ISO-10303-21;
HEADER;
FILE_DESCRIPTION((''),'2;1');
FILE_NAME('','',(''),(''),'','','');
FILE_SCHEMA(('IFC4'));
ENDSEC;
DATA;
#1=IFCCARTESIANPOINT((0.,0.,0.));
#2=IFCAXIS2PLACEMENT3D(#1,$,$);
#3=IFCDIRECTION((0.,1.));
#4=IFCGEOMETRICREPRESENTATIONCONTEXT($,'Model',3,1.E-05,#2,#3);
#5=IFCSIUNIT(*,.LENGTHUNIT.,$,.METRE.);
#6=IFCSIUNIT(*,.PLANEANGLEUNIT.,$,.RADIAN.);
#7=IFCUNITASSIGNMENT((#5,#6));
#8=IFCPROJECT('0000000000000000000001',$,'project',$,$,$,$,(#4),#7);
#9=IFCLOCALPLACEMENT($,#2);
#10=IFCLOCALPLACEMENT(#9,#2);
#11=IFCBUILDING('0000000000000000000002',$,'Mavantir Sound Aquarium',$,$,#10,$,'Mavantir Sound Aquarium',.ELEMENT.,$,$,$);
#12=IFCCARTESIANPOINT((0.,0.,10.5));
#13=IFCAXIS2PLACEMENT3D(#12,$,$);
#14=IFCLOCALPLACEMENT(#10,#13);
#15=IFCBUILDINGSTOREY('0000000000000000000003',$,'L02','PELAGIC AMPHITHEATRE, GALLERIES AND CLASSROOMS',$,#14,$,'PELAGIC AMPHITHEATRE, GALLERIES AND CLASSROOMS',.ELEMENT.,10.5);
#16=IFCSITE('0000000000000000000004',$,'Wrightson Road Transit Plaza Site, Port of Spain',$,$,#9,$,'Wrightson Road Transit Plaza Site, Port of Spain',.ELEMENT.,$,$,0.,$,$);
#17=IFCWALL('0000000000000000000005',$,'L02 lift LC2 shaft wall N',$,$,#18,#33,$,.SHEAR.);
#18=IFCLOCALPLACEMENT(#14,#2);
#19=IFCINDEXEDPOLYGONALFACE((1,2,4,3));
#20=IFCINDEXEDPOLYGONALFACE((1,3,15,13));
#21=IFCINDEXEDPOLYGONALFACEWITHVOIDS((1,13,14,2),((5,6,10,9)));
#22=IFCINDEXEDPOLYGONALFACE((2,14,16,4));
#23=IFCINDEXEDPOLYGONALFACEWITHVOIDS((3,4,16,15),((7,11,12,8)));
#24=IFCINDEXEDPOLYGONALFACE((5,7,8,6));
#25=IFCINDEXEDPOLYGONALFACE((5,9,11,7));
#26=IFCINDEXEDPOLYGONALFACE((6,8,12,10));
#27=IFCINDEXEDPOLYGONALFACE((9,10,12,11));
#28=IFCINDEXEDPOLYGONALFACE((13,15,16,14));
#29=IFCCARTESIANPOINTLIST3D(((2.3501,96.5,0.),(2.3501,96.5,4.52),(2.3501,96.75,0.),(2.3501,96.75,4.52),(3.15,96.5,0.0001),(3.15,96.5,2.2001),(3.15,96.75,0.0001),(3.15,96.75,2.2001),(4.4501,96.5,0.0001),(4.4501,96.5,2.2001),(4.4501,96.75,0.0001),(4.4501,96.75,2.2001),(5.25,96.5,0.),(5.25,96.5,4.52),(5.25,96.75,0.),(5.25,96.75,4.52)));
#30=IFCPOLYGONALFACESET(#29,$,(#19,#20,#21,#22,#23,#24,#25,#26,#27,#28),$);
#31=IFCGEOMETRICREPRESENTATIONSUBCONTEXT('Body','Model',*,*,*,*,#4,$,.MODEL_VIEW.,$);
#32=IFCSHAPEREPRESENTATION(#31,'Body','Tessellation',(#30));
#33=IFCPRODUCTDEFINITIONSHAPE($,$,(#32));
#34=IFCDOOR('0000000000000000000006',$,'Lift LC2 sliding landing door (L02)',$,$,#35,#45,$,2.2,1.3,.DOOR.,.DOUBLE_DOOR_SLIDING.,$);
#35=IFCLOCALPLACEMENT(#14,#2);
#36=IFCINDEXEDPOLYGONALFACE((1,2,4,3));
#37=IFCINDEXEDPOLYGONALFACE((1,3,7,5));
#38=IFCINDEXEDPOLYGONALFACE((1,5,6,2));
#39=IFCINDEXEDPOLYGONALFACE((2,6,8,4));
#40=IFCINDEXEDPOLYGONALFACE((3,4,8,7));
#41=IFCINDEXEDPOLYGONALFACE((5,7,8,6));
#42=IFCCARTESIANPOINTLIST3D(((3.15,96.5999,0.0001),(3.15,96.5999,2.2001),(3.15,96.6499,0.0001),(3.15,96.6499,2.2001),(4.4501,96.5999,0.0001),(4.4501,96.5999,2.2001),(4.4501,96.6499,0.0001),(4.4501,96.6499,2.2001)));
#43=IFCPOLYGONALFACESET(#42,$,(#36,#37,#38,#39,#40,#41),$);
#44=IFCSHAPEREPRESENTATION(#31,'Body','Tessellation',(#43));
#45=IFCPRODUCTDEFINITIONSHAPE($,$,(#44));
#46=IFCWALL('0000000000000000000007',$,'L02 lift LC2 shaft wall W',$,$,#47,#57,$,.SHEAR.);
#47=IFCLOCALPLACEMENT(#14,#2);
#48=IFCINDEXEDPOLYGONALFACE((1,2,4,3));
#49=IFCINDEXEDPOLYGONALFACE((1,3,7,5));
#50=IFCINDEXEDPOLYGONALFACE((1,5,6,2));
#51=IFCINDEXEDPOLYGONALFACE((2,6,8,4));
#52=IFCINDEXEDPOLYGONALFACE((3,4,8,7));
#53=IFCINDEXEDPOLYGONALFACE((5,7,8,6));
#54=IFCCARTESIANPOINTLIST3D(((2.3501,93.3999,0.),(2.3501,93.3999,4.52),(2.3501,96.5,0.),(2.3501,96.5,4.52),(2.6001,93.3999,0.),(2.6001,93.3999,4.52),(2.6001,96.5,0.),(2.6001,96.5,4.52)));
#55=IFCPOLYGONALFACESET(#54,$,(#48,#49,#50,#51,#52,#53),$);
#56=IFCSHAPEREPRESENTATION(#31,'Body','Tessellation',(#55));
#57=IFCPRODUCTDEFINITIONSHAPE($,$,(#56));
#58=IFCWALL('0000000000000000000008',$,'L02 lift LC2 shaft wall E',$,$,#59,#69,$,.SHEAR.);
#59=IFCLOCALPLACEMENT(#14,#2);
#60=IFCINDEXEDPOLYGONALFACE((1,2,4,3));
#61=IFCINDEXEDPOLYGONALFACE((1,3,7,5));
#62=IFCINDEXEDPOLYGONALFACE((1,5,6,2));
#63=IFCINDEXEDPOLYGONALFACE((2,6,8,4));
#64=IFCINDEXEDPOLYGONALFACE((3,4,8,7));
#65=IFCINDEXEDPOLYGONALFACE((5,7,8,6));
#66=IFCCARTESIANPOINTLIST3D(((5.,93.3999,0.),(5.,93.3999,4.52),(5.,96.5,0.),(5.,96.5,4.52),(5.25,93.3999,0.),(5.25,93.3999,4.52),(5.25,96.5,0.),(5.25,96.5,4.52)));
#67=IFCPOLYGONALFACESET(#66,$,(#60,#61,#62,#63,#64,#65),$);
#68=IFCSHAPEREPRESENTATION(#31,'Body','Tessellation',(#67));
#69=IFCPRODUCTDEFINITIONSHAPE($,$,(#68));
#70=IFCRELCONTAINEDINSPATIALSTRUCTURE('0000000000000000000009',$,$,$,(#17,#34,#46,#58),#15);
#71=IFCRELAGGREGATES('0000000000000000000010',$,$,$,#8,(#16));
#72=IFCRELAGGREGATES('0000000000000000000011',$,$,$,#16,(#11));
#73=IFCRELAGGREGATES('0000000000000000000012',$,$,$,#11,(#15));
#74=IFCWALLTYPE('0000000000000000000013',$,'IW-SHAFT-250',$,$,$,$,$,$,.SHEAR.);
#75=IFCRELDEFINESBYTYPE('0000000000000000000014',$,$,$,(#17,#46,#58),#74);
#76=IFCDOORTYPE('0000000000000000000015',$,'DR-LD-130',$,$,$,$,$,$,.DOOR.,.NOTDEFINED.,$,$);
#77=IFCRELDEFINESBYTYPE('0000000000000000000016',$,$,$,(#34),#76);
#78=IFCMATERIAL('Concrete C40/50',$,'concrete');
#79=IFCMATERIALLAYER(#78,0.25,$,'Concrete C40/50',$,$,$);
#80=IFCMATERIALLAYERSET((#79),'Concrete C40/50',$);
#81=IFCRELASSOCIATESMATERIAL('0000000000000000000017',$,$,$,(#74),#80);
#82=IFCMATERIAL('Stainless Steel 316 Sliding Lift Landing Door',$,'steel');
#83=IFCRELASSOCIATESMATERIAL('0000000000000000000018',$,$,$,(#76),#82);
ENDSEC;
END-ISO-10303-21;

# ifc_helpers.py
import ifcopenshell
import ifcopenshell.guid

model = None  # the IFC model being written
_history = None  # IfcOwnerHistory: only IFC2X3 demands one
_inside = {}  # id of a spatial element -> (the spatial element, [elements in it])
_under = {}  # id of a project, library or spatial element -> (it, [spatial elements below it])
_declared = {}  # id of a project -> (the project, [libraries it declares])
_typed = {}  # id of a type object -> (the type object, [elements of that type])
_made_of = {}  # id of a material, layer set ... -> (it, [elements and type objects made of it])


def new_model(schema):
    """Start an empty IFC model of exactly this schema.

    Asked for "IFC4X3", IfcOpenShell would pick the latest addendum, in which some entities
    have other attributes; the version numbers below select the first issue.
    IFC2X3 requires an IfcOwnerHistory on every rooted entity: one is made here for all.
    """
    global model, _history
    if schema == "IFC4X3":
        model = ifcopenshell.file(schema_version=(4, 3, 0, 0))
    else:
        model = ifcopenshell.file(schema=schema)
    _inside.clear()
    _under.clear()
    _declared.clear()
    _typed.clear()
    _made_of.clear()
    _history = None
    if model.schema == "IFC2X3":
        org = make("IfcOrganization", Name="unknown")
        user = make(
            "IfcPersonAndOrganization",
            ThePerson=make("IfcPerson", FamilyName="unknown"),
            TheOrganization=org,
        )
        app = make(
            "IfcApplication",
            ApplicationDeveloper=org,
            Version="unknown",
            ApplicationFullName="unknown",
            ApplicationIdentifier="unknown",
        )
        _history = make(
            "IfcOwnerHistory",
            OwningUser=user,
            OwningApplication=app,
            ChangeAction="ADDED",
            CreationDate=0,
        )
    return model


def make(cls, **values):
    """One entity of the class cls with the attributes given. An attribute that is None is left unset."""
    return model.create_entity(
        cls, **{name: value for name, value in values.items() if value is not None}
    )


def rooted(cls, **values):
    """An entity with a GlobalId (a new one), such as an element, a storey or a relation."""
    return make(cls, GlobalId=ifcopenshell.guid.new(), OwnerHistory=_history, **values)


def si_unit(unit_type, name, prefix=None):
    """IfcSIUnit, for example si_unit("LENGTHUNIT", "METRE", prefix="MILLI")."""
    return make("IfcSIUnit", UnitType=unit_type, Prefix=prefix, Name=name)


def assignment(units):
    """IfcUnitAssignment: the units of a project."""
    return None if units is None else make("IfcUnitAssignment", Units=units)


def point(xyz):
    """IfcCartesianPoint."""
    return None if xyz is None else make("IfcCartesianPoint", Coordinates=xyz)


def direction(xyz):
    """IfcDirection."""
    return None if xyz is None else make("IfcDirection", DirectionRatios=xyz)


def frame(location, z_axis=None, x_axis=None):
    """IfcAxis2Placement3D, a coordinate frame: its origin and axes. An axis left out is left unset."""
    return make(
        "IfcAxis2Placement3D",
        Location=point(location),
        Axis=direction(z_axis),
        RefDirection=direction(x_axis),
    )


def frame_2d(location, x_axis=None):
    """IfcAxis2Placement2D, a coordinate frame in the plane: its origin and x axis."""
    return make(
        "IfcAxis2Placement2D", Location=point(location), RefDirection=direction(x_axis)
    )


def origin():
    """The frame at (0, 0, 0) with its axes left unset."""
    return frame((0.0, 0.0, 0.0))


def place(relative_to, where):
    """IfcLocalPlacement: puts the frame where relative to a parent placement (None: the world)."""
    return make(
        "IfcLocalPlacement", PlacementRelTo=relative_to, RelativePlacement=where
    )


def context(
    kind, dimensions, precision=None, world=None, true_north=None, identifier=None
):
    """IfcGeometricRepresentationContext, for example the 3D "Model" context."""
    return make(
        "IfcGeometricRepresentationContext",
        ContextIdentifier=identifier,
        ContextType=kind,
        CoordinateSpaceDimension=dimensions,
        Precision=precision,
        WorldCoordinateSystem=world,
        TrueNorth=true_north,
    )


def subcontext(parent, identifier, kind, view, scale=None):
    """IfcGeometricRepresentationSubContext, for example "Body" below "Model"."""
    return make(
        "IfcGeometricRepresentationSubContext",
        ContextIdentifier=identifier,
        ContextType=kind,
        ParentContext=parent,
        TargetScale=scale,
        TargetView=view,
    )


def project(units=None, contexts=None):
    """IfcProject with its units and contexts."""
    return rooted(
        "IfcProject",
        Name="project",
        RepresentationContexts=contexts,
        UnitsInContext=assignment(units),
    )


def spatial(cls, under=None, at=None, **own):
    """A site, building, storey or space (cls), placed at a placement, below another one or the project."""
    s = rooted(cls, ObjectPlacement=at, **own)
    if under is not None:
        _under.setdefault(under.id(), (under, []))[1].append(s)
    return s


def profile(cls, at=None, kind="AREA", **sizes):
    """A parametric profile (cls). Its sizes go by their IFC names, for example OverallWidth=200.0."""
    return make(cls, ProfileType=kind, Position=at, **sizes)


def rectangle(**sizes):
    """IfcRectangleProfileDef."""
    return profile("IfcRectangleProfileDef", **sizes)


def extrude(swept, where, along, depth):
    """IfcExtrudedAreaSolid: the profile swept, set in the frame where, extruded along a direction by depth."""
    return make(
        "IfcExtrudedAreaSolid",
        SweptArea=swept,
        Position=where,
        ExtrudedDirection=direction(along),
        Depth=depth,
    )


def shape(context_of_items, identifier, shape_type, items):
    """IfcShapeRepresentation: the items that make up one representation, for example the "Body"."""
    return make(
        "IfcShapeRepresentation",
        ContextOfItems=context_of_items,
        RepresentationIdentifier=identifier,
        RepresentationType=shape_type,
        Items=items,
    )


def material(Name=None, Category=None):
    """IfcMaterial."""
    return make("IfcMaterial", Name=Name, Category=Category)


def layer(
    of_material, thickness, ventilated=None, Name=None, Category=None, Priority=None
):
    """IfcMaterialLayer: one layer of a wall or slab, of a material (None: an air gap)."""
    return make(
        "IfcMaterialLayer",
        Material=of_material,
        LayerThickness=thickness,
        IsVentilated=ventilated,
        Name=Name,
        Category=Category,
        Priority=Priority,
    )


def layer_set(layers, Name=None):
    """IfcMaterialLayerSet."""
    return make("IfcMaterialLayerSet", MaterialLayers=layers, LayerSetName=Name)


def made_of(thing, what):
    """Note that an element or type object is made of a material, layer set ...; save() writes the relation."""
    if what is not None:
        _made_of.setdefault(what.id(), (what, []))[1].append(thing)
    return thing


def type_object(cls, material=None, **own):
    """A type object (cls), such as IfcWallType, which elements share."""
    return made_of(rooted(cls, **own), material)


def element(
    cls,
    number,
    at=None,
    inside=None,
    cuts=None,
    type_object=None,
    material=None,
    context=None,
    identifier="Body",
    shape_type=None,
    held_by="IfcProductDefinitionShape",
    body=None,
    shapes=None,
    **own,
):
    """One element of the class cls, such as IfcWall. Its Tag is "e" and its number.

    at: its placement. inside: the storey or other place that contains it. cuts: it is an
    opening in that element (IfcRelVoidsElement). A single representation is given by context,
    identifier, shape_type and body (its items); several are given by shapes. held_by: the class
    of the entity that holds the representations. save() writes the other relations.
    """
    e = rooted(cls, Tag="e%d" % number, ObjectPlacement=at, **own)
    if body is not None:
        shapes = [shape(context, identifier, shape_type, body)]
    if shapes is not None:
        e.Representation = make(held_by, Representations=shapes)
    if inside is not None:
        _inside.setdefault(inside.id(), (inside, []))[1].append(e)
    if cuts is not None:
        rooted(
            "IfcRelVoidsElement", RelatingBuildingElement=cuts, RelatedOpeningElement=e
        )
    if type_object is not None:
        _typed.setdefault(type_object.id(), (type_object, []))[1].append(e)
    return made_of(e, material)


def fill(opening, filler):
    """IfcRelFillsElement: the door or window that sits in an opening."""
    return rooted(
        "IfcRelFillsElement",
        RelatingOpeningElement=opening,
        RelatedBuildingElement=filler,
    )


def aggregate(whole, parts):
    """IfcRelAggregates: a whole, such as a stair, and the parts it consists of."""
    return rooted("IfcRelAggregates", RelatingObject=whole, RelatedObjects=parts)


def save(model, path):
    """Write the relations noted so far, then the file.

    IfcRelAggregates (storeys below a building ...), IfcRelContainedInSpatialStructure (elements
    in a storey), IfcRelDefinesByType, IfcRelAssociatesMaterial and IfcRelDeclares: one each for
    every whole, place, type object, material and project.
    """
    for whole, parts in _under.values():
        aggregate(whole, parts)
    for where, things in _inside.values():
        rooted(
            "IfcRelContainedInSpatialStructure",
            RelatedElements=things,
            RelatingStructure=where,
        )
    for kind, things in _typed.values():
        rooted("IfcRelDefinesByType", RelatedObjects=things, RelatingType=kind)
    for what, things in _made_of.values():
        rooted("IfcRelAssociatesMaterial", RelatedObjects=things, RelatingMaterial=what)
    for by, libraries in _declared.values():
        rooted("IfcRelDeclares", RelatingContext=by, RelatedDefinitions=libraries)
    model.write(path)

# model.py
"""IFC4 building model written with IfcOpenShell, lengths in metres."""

from ifc_helpers import new_model, si_unit, direction, frame, frame_2d, origin, place, context, subcontext, project, spatial, rectangle, extrude, material, layer, layer_set, type_object, element, fill, save


model = new_model("IFC4")

# Units and contexts
model_context = context("Model", 3, precision=1e-05, world=origin(), true_north=direction((0.0, 1.0)))
body_context = subcontext(model_context, "Body", "Model", "MODEL_VIEW")
ifc_project = project(units=[si_unit("LENGTHUNIT", "METRE"), si_unit("PLANEANGLEUNIT", "RADIAN")], contexts=[model_context])

# Site, building, storey
site_placement = place(None, origin())
site = spatial("IfcSite", under=ifc_project, at=site_placement, Name="Wrightson Road Transit Plaza Site, Port of Spain", LongName="Wrightson Road Transit Plaza Site, Port of Spain", CompositionType="ELEMENT", RefElevation=0.0)
building_placement = place(site_placement, origin())
building = spatial("IfcBuilding", under=site, at=building_placement, Name="Mavantir Sound Aquarium", LongName="Mavantir Sound Aquarium", CompositionType="ELEMENT")
storey_placement = place(building_placement, frame((0.0, 0.0, 10.5)))
storey = spatial("IfcBuildingStorey", under=building, at=storey_placement, Name="L02", Description="PELAGIC AMPHITHEATRE, GALLERIES AND CLASSROOMS", LongName="PELAGIC AMPHITHEATRE, GALLERIES AND CLASSROOMS", CompositionType="ELEMENT", Elevation=10.5)

# Shared definitions
ifc_material_1 = material(Name="Concrete C40/50", Category="concrete")

# Shared definitions
ifc_layer_1 = layer(ifc_material_1, 0.25, Name="Concrete C40/50")
ifc_layer_set_1 = layer_set([ifc_layer_1], Name="Concrete C40/50")
wall_type_1 = type_object("IfcWallType", Name="IW-SHAFT-250", PredefinedType="SHEAR", material=ifc_layer_set_1)

# Wall, opening, door
wall_1_placement = place(storey_placement, frame((2.3501, 96.625, 0.0), z_axis=(0.0, 0.0, 1.0), x_axis=(1.0, 0.0, 0.0)))
wall_1 = element("IfcWall", 1, at=wall_1_placement, inside=storey, type_object=wall_type_1, Name="L02 lift LC2 shaft wall N", PredefinedType="SHEAR", context=body_context, shape_type="SweptSolid", body=[
    extrude(rectangle(XDim=2.8999, YDim=0.25, at=frame_2d((1.45, 0.0))), origin(), (0.0, 0.0, 1.0), 4.52),
])
opening_1_placement = place(wall_1_placement, frame((0.8, 0.0, 0.0)))
opening_1 = element("IfcOpeningElement", 2, at=opening_1_placement, cuts=wall_1, PredefinedType="OPENING", context=body_context, shape_type="SweptSolid", body=[
    extrude(rectangle(XDim=1.3, YDim=2.2, at=frame_2d((0.6499, 1.1001))), frame((0.0, 0.135, 0.0), z_axis=(0.0, -1.0, 0.0), x_axis=(1.0, 0.0, 0.0)), (0.0, 0.0, 1.0), 0.27),
])
ifc_material_2 = material(Name="Stainless Steel 316 Sliding Lift Landing Door", Category="steel")
door_type_1 = type_object("IfcDoorType", Name="DR-LD-130", OperationType="NOTDEFINED", PredefinedType="DOOR", material=ifc_material_2)
door_1_placement = place(opening_1_placement, origin())
door_1 = element("IfcDoor", 3, at=door_1_placement, inside=storey, type_object=door_type_1, Name="Lift LC2 sliding landing door (L02)", OperationType="DOUBLE_DOOR_SLIDING", OverallHeight=2.2, OverallWidth=1.3, PredefinedType="DOOR", context=body_context, shape_type="SweptSolid", body=[
    extrude(rectangle(XDim=1.3, YDim=2.2, at=frame_2d((0.6499, 1.1001))), frame((0.0, 0.0249, 0.0), z_axis=(0.0, -1.0, 0.0), x_axis=(1.0, 0.0, 0.0)), (0.0, 0.0, 1.0), 0.05),
])
fill(opening_1, door_1)

# Walls
for number, where, z_axis, x_axis, name in (
    (4, (2.4751, 93.3999, 0.0), (0.0, 0.0, 1.0), (0.0, 1.0, 0.0), "L02 lift LC2 shaft wall W"),
    (5, (5.125, 93.3999, 0.0), (0.0, 0.0, 1.0), (0.0, 1.0, 0.0), "L02 lift LC2 shaft wall E"),
):
    element("IfcWall", number, at=place(storey_placement, frame(where, z_axis=z_axis, x_axis=x_axis)), inside=storey, type_object=wall_type_1, Name=name, PredefinedType="SHEAR", context=body_context, shape_type="SweptSolid", body=[
        extrude(rectangle(XDim=3.1001, YDim=0.25, at=frame_2d((1.55, 0.0))), origin(), (0.0, 0.0, 1.0), 4.52),
    ])

save(model, "model.ifc")
